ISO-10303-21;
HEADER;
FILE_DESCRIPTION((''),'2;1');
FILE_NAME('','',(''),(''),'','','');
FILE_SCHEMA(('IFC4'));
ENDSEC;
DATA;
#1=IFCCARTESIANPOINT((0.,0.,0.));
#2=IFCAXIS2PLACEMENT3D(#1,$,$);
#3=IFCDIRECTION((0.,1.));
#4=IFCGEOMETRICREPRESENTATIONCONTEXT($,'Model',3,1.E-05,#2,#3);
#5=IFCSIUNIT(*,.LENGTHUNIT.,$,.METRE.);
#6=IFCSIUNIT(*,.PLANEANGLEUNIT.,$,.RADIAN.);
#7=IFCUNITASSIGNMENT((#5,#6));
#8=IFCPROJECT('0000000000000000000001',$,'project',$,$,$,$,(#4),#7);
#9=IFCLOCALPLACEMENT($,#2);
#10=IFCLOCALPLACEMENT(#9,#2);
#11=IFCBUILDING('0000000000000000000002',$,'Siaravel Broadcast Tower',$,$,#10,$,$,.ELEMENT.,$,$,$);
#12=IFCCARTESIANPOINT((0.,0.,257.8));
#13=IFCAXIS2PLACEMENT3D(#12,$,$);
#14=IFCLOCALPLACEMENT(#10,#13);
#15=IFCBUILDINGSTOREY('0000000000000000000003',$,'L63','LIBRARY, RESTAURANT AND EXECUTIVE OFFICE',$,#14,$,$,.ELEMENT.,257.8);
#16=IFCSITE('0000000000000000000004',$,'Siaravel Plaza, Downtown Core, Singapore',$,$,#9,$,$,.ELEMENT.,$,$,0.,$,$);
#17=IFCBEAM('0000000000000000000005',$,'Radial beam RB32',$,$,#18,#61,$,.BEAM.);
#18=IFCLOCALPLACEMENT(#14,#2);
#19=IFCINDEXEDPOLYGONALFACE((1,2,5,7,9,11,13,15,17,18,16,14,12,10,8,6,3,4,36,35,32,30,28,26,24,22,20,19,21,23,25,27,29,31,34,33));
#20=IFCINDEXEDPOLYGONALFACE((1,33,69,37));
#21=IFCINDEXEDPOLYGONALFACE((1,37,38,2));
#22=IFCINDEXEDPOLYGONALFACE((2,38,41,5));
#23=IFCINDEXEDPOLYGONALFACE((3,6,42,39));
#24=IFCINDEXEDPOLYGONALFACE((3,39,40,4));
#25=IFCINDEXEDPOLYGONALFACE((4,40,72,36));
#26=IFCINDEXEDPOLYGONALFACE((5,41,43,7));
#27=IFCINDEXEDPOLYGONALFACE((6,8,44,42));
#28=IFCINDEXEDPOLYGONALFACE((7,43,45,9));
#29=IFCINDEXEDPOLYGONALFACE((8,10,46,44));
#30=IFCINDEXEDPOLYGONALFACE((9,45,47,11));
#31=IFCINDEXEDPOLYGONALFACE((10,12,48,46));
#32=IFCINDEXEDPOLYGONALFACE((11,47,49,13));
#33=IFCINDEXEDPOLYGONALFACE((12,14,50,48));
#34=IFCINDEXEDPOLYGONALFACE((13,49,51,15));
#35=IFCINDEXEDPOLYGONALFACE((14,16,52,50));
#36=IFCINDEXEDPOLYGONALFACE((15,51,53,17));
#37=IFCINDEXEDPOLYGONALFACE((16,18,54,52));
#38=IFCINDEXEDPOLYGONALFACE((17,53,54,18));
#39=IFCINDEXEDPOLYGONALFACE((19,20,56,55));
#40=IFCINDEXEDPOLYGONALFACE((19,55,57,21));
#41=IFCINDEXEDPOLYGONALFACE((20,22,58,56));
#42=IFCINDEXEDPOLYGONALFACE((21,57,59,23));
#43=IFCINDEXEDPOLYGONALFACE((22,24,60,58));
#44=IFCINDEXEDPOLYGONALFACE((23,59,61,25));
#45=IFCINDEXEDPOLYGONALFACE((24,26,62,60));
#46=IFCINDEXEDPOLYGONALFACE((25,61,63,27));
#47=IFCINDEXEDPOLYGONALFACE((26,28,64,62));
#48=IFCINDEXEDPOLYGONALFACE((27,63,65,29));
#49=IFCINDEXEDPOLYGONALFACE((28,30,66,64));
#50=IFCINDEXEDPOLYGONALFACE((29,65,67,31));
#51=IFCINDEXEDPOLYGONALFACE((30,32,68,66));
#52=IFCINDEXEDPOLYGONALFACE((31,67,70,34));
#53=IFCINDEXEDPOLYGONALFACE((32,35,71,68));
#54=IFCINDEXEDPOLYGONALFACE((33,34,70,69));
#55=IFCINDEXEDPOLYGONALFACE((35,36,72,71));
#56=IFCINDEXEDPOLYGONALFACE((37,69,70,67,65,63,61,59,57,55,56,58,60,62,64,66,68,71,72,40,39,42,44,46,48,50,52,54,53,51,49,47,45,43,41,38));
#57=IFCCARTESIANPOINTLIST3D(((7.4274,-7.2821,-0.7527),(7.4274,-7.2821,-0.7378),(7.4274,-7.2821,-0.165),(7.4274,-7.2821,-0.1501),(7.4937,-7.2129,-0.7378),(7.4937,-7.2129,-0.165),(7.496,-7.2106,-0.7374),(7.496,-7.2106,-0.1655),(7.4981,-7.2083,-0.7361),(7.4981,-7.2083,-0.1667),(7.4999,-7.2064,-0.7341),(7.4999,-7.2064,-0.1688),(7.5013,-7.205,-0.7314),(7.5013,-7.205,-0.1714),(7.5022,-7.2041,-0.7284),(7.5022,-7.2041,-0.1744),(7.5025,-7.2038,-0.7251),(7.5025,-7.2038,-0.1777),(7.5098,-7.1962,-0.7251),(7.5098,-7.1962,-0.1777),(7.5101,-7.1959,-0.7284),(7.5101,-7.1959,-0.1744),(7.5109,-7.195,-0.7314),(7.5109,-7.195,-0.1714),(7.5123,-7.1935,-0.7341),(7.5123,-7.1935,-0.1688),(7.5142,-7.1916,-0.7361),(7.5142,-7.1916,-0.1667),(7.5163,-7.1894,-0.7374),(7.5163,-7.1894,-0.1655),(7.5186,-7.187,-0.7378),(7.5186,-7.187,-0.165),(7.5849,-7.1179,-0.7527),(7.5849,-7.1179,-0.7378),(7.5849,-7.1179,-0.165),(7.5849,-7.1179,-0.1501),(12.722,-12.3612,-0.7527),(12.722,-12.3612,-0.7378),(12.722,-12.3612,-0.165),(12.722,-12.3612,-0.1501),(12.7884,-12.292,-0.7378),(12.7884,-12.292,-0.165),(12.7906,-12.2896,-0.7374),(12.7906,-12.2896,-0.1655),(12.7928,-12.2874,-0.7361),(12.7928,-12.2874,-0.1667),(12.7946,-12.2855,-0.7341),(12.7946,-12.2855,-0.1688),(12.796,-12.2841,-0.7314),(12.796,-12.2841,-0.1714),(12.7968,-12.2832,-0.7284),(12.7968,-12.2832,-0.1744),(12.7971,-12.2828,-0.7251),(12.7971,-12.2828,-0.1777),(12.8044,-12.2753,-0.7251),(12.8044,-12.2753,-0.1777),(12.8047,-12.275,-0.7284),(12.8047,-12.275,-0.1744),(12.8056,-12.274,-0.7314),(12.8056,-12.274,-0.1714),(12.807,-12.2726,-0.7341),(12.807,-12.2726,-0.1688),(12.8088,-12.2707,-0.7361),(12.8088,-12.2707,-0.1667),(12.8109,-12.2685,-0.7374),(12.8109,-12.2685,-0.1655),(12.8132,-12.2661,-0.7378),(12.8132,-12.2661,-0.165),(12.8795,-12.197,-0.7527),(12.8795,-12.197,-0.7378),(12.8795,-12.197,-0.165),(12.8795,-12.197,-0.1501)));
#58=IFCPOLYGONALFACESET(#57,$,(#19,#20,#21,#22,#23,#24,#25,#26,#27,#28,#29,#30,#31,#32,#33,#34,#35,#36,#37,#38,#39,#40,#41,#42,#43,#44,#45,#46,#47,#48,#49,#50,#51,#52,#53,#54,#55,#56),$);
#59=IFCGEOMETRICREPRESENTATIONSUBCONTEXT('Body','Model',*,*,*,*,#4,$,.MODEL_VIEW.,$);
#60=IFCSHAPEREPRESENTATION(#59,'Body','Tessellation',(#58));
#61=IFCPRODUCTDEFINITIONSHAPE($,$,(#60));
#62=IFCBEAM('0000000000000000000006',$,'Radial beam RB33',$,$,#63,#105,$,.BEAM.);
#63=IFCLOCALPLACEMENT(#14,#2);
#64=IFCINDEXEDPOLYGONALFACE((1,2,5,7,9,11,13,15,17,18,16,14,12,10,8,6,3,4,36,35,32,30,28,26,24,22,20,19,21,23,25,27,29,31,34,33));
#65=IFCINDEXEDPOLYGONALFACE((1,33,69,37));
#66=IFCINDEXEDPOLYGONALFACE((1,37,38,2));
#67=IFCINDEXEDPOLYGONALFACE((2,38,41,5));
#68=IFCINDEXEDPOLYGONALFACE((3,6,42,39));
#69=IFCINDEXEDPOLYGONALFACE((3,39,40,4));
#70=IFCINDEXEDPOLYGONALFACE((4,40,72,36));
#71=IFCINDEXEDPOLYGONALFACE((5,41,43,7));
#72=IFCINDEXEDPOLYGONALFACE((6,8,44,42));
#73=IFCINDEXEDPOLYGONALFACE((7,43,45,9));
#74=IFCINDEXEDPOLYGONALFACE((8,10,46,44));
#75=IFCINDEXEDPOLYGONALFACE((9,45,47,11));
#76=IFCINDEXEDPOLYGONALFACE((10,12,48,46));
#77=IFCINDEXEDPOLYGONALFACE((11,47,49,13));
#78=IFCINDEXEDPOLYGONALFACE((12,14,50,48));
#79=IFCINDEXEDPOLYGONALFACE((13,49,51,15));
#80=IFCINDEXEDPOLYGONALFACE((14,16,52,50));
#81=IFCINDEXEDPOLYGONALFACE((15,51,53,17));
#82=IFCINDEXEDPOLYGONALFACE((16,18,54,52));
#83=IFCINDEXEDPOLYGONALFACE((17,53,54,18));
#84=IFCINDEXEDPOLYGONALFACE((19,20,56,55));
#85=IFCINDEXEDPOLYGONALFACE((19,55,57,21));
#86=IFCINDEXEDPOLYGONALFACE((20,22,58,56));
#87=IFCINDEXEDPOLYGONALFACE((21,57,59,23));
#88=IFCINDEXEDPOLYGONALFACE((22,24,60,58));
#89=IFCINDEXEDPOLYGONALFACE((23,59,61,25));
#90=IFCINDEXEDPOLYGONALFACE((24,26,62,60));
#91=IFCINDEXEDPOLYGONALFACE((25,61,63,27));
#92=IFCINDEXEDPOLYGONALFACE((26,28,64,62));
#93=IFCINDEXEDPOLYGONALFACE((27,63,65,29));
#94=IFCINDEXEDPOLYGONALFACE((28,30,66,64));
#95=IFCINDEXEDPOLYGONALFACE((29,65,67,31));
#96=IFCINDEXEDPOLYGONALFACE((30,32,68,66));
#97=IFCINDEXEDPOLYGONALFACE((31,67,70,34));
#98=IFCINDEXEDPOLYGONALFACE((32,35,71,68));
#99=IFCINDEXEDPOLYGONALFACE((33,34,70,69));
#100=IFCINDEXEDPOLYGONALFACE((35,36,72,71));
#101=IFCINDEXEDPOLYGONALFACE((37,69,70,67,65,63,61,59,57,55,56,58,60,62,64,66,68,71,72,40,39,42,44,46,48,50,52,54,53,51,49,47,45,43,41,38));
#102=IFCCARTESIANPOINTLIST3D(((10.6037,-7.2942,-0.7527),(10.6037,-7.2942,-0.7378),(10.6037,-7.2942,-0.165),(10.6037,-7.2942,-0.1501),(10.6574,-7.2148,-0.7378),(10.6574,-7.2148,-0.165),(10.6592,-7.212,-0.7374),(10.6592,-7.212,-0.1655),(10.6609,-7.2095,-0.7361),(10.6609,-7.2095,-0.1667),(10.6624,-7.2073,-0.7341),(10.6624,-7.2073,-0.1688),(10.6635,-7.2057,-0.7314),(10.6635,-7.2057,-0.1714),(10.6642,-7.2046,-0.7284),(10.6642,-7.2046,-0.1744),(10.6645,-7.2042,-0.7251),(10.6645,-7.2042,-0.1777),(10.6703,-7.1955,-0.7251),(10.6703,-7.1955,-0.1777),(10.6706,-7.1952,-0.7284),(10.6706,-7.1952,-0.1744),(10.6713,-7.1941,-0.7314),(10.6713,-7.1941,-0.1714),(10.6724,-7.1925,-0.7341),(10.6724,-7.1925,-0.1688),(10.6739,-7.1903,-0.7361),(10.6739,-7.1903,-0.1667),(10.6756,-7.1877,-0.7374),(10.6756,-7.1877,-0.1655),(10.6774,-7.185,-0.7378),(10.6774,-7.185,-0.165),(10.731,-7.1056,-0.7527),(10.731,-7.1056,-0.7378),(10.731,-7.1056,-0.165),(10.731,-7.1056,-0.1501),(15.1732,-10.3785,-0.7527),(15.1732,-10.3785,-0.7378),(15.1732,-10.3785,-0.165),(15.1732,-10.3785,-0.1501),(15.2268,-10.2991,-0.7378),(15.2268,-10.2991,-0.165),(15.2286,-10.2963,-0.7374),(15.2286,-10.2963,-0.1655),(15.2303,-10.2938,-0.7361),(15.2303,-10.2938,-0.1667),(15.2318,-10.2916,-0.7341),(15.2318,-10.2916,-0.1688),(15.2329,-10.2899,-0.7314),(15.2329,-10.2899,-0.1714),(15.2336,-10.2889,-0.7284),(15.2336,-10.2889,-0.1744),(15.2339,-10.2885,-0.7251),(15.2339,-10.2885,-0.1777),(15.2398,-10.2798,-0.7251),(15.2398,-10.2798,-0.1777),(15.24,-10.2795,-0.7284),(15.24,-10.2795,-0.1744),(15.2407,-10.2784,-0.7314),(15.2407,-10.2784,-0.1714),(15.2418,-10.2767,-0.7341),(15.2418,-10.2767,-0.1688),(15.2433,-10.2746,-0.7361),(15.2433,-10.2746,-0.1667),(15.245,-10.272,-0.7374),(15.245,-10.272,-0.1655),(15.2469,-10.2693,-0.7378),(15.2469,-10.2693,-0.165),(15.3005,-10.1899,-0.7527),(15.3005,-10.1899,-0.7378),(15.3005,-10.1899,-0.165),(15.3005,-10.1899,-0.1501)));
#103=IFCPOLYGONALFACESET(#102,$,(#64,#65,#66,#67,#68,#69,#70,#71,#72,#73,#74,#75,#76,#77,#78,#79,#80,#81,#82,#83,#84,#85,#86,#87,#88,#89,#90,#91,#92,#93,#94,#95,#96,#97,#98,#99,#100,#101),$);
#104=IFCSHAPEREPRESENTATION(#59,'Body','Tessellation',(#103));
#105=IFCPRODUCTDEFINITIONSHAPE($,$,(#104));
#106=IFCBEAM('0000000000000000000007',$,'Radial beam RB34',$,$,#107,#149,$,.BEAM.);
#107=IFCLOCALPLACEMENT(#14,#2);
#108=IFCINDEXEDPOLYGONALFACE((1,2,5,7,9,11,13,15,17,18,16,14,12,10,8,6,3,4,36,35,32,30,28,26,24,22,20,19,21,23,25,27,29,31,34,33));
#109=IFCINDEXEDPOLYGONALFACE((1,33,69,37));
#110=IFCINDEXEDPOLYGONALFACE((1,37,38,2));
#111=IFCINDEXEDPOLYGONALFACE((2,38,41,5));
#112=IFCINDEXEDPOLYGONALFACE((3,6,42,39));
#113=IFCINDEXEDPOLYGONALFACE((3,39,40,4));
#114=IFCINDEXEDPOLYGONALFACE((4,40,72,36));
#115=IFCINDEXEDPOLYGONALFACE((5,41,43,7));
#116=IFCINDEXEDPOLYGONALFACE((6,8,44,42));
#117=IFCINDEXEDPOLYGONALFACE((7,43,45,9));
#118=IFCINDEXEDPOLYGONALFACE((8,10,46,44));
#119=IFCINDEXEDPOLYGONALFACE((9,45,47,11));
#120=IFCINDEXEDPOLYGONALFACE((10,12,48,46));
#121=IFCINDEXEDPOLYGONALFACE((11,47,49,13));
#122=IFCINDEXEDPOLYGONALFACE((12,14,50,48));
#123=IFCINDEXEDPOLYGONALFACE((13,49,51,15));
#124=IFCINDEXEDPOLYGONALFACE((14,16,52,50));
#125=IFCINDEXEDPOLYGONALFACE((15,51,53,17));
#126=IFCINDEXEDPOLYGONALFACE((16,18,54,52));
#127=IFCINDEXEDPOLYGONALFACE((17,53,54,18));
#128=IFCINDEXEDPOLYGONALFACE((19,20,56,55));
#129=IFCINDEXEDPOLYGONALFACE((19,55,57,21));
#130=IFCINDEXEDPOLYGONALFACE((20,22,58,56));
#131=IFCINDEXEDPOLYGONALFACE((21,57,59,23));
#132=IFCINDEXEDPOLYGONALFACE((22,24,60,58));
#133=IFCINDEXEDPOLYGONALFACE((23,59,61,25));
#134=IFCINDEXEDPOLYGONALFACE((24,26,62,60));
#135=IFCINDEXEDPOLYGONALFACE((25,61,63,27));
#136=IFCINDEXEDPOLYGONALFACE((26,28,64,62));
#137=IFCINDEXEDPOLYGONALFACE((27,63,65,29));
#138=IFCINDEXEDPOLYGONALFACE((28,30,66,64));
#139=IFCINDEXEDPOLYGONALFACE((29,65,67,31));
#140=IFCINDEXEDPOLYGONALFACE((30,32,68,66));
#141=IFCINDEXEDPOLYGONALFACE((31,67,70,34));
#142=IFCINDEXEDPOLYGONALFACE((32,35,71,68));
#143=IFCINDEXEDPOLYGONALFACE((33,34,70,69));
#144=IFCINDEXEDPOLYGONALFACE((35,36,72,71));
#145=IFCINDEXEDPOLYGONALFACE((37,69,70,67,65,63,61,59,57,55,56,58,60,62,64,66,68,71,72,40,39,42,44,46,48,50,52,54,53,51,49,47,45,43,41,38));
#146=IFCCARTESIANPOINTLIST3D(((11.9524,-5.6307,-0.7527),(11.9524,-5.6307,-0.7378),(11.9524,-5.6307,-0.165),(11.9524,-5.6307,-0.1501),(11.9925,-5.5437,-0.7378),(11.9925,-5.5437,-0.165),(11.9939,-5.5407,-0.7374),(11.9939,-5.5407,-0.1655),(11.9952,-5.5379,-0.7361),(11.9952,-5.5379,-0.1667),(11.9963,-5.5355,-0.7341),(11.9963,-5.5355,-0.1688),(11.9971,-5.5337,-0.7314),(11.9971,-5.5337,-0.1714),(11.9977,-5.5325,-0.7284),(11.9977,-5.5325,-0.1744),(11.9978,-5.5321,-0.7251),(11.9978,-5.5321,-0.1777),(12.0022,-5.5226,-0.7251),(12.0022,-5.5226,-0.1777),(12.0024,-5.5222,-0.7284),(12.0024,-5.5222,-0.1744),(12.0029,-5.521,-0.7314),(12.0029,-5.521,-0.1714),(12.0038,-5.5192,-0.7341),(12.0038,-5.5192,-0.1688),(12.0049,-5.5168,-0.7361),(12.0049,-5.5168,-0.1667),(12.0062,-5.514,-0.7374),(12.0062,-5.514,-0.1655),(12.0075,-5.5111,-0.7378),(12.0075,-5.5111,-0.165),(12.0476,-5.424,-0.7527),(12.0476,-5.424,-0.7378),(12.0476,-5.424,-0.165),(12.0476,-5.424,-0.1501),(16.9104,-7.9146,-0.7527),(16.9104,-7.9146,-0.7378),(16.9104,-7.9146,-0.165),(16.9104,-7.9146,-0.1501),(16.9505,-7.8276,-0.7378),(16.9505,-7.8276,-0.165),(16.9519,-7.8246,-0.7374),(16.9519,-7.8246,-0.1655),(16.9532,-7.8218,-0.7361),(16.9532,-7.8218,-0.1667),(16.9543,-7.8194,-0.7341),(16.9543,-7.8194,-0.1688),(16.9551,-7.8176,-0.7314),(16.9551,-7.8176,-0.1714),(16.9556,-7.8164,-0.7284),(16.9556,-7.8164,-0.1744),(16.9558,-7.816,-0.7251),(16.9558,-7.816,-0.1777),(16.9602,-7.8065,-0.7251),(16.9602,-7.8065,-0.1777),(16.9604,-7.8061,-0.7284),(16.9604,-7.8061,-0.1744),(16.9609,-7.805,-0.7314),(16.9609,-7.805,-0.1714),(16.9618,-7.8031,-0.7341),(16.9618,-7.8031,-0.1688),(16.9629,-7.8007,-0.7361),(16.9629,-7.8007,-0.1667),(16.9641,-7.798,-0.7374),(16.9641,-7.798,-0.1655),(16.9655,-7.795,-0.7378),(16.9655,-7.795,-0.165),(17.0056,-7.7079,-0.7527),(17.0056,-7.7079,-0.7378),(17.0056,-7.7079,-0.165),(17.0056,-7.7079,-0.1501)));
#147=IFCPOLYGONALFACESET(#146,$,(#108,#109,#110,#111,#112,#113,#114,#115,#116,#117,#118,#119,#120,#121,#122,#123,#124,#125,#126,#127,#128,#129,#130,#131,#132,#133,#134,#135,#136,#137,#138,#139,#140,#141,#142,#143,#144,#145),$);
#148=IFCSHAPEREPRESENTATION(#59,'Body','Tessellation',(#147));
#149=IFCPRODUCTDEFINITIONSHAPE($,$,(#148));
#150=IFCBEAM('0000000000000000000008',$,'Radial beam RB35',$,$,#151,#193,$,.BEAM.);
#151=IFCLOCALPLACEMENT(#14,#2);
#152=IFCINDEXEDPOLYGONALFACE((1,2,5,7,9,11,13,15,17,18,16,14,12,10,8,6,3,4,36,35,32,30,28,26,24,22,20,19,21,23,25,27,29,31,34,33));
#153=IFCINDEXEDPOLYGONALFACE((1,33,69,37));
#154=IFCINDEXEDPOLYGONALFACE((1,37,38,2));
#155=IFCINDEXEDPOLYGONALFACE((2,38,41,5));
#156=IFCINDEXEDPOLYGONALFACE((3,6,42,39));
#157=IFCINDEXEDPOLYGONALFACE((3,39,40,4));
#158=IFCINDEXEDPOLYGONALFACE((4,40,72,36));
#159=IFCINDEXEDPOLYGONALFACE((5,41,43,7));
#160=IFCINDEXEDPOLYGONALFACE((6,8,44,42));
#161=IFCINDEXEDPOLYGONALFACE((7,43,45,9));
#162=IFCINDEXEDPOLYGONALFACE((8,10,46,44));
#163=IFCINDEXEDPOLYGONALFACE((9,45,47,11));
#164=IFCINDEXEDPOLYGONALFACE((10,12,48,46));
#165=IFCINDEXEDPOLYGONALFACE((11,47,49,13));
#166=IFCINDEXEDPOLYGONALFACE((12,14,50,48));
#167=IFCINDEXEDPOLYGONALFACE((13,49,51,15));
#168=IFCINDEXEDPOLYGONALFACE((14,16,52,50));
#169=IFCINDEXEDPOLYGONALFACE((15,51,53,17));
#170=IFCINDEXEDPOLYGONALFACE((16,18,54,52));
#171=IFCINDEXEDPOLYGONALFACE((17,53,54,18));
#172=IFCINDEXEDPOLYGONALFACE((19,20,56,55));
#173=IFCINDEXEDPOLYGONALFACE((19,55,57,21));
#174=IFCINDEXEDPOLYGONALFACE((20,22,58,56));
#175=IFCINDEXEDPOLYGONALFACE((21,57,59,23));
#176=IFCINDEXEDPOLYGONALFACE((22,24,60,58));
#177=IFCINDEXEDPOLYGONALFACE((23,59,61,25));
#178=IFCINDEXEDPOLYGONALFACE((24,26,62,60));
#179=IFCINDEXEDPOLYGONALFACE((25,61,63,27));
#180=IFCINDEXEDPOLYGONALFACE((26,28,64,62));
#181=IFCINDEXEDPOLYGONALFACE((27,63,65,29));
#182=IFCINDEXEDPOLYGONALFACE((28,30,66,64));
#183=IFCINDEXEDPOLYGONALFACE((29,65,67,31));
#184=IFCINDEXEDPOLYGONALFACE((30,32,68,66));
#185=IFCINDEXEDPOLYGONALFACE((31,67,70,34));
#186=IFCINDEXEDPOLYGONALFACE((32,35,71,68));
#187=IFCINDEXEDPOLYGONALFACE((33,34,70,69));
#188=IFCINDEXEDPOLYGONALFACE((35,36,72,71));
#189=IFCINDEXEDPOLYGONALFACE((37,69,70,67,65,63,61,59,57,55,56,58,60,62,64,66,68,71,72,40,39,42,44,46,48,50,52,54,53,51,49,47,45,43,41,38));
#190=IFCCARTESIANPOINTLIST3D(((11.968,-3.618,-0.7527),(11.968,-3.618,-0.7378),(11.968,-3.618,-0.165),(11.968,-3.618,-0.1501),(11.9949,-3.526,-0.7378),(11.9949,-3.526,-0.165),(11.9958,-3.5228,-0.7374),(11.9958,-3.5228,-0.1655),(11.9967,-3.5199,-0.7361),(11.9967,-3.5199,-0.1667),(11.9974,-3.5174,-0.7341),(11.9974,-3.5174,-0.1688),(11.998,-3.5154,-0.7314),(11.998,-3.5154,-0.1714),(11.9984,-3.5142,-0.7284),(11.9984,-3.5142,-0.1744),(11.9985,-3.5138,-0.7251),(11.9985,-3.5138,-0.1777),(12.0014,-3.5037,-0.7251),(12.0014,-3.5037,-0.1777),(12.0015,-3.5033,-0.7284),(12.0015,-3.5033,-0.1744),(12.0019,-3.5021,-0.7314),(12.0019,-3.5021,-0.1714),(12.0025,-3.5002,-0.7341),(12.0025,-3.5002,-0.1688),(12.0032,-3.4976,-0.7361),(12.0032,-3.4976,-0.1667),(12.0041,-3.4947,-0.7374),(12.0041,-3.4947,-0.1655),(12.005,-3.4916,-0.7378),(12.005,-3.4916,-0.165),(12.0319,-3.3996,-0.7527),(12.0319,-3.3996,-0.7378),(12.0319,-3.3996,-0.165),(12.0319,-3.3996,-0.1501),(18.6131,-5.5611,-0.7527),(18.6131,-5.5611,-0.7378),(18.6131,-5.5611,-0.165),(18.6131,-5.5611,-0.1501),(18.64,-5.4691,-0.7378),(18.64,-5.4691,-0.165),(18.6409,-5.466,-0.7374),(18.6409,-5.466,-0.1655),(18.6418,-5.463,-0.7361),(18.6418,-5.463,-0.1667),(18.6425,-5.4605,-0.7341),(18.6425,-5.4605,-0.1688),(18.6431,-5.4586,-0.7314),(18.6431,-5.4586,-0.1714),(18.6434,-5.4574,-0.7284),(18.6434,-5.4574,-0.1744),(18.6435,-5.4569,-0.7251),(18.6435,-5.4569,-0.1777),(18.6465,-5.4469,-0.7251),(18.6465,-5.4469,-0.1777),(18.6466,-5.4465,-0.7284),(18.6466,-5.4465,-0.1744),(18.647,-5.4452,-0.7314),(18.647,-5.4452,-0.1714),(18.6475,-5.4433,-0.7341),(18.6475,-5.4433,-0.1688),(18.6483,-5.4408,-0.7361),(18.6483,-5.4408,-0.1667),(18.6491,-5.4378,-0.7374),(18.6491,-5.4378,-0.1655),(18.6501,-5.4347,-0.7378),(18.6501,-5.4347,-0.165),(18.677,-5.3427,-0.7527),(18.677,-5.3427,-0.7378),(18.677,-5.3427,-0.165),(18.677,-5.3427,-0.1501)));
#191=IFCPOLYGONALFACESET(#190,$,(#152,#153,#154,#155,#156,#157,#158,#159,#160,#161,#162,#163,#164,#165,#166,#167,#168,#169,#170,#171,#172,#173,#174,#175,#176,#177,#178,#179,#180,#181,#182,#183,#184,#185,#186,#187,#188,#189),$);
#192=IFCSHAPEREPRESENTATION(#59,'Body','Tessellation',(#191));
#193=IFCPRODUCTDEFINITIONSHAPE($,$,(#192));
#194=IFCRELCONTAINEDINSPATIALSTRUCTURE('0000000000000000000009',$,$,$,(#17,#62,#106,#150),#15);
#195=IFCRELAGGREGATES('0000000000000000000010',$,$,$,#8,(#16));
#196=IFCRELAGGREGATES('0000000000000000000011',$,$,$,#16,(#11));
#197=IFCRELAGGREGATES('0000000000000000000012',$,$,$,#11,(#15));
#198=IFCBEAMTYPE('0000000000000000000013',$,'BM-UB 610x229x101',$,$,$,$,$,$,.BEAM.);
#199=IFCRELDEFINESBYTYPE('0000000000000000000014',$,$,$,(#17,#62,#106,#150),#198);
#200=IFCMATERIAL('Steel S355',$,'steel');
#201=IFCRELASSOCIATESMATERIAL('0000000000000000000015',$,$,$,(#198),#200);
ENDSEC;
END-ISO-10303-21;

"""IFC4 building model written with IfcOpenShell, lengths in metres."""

from ifc_helpers import new_model, si_unit, direction, frame, origin, origin_2d, place, context, subcontext, project, spatial, i_section, extrude, material, material_profile, profile_set, type_object, element, save


model = new_model("IFC4")

# Units and contexts
model_context = context("Model", 3, precision=1e-05, world=origin(), true_north=direction((0.0, 1.0)))
body_context = subcontext(model_context, "Body", "Model", "MODEL_VIEW")
ifc_project = project(units=[si_unit("LENGTHUNIT", "METRE"), si_unit("PLANEANGLEUNIT", "RADIAN")], contexts=[model_context])

# Site, building, storey
site_placement = place(None, origin())
site = spatial("IfcSite", under=ifc_project, at=site_placement, Name="Siaravel Plaza, Downtown Core, Singapore", CompositionType="ELEMENT", RefElevation=0.0)
building_placement = place(site_placement, origin())
building = spatial("IfcBuilding", under=site, at=building_placement, Name="Siaravel Broadcast Tower", CompositionType="ELEMENT")
storey_placement = place(building_placement, frame((0.0, 0.0, 257.8)))
storey = spatial("IfcBuildingStorey", under=building, at=storey_placement, Name="L63", Description="LIBRARY, RESTAURANT AND EXECUTIVE OFFICE", CompositionType="ELEMENT", Elevation=257.8)

# Beams
ifc_material_1 = material(Name="Steel S355", Category="steel")
ifc_material_profile_1 = material_profile(ifc_material_1, i_section(OverallWidth=0.2275, OverallDepth=0.6025, WebThickness=0.0105, FlangeThickness=0.0149, FilletRadius=0.0127, at=origin_2d()))
ifc_profile_set_1 = profile_set([ifc_material_profile_1], Name="Steel S355")
beam_type = type_object("IfcBeamType", Name="BM-UB 610x229x101", PredefinedType="BEAM", material=ifc_profile_set_1)
beam_1_placement = place(storey_placement, frame((12.8008, -12.2791, -0.4514), z_axis=(-0.721645, 0.692263, 0.0), x_axis=(-0.692263, -0.721645, 0.0)))
element("IfcBeam", 1, at=beam_1_placement, inside=storey, type_object=beam_type, Name="Radial beam RB32", PredefinedType="BEAM", context=body_context, shape_type="SweptSolid", body=[
    extrude(i_section(OverallWidth=0.2275, OverallDepth=0.6025, WebThickness=0.0105, FlangeThickness=0.0149, FilletRadius=0.0127, at=origin_2d()), origin(), (0.0, 0.0, 1.0), 7.3369),
])
beam_2_placement = place(storey_placement, frame((15.2368, -10.2842, -0.4514), z_axis=(-0.828855, 0.559464, 0.0), x_axis=(-0.559464, -0.828855, 0.0)))
element("IfcBeam", 2, at=beam_2_placement, inside=storey, type_object=beam_type, Name="Radial beam RB33", PredefinedType="BEAM", context=body_context, shape_type="SweptSolid", body=[
    extrude(i_section(OverallWidth=0.2275, OverallDepth=0.6025, WebThickness=0.0105, FlangeThickness=0.0149, FilletRadius=0.0127, at=origin_2d()), origin(), (0.0, 0.0, 1.0), 5.5129),
])
beam_3_placement = place(storey_placement, frame((16.958, -7.8113, -0.4514), z_axis=(-0.908264, 0.418397, 0.0), x_axis=(-0.418397, -0.908264, 0.0)))
element("IfcBeam", 3, at=beam_3_placement, inside=storey, type_object=beam_type, Name="Radial beam RB34", PredefinedType="BEAM", context=body_context, shape_type="SweptSolid", body=[
    extrude(i_section(OverallWidth=0.2275, OverallDepth=0.6025, WebThickness=0.0105, FlangeThickness=0.0149, FilletRadius=0.0127, at=origin_2d()), origin(), (0.0, 0.0, 1.0), 5.4587),
])
beam_4_placement = place(storey_placement, frame((18.645, -5.4519, -0.4514), z_axis=(-0.959806, 0.280663, 0.0), x_axis=(-0.280663, -0.959806, 0.0)))
element("IfcBeam", 4, at=beam_4_placement, inside=storey, type_object=beam_type, Name="Radial beam RB35", PredefinedType="BEAM", context=body_context, shape_type="SweptSolid", body=[
    extrude(i_section(OverallWidth=0.2275, OverallDepth=0.6025, WebThickness=0.0105, FlangeThickness=0.0149, FilletRadius=0.0127, at=origin_2d()), origin(), (0.0, 0.0, 1.0), 6.9233),
])

save(model, "model.ifc")
